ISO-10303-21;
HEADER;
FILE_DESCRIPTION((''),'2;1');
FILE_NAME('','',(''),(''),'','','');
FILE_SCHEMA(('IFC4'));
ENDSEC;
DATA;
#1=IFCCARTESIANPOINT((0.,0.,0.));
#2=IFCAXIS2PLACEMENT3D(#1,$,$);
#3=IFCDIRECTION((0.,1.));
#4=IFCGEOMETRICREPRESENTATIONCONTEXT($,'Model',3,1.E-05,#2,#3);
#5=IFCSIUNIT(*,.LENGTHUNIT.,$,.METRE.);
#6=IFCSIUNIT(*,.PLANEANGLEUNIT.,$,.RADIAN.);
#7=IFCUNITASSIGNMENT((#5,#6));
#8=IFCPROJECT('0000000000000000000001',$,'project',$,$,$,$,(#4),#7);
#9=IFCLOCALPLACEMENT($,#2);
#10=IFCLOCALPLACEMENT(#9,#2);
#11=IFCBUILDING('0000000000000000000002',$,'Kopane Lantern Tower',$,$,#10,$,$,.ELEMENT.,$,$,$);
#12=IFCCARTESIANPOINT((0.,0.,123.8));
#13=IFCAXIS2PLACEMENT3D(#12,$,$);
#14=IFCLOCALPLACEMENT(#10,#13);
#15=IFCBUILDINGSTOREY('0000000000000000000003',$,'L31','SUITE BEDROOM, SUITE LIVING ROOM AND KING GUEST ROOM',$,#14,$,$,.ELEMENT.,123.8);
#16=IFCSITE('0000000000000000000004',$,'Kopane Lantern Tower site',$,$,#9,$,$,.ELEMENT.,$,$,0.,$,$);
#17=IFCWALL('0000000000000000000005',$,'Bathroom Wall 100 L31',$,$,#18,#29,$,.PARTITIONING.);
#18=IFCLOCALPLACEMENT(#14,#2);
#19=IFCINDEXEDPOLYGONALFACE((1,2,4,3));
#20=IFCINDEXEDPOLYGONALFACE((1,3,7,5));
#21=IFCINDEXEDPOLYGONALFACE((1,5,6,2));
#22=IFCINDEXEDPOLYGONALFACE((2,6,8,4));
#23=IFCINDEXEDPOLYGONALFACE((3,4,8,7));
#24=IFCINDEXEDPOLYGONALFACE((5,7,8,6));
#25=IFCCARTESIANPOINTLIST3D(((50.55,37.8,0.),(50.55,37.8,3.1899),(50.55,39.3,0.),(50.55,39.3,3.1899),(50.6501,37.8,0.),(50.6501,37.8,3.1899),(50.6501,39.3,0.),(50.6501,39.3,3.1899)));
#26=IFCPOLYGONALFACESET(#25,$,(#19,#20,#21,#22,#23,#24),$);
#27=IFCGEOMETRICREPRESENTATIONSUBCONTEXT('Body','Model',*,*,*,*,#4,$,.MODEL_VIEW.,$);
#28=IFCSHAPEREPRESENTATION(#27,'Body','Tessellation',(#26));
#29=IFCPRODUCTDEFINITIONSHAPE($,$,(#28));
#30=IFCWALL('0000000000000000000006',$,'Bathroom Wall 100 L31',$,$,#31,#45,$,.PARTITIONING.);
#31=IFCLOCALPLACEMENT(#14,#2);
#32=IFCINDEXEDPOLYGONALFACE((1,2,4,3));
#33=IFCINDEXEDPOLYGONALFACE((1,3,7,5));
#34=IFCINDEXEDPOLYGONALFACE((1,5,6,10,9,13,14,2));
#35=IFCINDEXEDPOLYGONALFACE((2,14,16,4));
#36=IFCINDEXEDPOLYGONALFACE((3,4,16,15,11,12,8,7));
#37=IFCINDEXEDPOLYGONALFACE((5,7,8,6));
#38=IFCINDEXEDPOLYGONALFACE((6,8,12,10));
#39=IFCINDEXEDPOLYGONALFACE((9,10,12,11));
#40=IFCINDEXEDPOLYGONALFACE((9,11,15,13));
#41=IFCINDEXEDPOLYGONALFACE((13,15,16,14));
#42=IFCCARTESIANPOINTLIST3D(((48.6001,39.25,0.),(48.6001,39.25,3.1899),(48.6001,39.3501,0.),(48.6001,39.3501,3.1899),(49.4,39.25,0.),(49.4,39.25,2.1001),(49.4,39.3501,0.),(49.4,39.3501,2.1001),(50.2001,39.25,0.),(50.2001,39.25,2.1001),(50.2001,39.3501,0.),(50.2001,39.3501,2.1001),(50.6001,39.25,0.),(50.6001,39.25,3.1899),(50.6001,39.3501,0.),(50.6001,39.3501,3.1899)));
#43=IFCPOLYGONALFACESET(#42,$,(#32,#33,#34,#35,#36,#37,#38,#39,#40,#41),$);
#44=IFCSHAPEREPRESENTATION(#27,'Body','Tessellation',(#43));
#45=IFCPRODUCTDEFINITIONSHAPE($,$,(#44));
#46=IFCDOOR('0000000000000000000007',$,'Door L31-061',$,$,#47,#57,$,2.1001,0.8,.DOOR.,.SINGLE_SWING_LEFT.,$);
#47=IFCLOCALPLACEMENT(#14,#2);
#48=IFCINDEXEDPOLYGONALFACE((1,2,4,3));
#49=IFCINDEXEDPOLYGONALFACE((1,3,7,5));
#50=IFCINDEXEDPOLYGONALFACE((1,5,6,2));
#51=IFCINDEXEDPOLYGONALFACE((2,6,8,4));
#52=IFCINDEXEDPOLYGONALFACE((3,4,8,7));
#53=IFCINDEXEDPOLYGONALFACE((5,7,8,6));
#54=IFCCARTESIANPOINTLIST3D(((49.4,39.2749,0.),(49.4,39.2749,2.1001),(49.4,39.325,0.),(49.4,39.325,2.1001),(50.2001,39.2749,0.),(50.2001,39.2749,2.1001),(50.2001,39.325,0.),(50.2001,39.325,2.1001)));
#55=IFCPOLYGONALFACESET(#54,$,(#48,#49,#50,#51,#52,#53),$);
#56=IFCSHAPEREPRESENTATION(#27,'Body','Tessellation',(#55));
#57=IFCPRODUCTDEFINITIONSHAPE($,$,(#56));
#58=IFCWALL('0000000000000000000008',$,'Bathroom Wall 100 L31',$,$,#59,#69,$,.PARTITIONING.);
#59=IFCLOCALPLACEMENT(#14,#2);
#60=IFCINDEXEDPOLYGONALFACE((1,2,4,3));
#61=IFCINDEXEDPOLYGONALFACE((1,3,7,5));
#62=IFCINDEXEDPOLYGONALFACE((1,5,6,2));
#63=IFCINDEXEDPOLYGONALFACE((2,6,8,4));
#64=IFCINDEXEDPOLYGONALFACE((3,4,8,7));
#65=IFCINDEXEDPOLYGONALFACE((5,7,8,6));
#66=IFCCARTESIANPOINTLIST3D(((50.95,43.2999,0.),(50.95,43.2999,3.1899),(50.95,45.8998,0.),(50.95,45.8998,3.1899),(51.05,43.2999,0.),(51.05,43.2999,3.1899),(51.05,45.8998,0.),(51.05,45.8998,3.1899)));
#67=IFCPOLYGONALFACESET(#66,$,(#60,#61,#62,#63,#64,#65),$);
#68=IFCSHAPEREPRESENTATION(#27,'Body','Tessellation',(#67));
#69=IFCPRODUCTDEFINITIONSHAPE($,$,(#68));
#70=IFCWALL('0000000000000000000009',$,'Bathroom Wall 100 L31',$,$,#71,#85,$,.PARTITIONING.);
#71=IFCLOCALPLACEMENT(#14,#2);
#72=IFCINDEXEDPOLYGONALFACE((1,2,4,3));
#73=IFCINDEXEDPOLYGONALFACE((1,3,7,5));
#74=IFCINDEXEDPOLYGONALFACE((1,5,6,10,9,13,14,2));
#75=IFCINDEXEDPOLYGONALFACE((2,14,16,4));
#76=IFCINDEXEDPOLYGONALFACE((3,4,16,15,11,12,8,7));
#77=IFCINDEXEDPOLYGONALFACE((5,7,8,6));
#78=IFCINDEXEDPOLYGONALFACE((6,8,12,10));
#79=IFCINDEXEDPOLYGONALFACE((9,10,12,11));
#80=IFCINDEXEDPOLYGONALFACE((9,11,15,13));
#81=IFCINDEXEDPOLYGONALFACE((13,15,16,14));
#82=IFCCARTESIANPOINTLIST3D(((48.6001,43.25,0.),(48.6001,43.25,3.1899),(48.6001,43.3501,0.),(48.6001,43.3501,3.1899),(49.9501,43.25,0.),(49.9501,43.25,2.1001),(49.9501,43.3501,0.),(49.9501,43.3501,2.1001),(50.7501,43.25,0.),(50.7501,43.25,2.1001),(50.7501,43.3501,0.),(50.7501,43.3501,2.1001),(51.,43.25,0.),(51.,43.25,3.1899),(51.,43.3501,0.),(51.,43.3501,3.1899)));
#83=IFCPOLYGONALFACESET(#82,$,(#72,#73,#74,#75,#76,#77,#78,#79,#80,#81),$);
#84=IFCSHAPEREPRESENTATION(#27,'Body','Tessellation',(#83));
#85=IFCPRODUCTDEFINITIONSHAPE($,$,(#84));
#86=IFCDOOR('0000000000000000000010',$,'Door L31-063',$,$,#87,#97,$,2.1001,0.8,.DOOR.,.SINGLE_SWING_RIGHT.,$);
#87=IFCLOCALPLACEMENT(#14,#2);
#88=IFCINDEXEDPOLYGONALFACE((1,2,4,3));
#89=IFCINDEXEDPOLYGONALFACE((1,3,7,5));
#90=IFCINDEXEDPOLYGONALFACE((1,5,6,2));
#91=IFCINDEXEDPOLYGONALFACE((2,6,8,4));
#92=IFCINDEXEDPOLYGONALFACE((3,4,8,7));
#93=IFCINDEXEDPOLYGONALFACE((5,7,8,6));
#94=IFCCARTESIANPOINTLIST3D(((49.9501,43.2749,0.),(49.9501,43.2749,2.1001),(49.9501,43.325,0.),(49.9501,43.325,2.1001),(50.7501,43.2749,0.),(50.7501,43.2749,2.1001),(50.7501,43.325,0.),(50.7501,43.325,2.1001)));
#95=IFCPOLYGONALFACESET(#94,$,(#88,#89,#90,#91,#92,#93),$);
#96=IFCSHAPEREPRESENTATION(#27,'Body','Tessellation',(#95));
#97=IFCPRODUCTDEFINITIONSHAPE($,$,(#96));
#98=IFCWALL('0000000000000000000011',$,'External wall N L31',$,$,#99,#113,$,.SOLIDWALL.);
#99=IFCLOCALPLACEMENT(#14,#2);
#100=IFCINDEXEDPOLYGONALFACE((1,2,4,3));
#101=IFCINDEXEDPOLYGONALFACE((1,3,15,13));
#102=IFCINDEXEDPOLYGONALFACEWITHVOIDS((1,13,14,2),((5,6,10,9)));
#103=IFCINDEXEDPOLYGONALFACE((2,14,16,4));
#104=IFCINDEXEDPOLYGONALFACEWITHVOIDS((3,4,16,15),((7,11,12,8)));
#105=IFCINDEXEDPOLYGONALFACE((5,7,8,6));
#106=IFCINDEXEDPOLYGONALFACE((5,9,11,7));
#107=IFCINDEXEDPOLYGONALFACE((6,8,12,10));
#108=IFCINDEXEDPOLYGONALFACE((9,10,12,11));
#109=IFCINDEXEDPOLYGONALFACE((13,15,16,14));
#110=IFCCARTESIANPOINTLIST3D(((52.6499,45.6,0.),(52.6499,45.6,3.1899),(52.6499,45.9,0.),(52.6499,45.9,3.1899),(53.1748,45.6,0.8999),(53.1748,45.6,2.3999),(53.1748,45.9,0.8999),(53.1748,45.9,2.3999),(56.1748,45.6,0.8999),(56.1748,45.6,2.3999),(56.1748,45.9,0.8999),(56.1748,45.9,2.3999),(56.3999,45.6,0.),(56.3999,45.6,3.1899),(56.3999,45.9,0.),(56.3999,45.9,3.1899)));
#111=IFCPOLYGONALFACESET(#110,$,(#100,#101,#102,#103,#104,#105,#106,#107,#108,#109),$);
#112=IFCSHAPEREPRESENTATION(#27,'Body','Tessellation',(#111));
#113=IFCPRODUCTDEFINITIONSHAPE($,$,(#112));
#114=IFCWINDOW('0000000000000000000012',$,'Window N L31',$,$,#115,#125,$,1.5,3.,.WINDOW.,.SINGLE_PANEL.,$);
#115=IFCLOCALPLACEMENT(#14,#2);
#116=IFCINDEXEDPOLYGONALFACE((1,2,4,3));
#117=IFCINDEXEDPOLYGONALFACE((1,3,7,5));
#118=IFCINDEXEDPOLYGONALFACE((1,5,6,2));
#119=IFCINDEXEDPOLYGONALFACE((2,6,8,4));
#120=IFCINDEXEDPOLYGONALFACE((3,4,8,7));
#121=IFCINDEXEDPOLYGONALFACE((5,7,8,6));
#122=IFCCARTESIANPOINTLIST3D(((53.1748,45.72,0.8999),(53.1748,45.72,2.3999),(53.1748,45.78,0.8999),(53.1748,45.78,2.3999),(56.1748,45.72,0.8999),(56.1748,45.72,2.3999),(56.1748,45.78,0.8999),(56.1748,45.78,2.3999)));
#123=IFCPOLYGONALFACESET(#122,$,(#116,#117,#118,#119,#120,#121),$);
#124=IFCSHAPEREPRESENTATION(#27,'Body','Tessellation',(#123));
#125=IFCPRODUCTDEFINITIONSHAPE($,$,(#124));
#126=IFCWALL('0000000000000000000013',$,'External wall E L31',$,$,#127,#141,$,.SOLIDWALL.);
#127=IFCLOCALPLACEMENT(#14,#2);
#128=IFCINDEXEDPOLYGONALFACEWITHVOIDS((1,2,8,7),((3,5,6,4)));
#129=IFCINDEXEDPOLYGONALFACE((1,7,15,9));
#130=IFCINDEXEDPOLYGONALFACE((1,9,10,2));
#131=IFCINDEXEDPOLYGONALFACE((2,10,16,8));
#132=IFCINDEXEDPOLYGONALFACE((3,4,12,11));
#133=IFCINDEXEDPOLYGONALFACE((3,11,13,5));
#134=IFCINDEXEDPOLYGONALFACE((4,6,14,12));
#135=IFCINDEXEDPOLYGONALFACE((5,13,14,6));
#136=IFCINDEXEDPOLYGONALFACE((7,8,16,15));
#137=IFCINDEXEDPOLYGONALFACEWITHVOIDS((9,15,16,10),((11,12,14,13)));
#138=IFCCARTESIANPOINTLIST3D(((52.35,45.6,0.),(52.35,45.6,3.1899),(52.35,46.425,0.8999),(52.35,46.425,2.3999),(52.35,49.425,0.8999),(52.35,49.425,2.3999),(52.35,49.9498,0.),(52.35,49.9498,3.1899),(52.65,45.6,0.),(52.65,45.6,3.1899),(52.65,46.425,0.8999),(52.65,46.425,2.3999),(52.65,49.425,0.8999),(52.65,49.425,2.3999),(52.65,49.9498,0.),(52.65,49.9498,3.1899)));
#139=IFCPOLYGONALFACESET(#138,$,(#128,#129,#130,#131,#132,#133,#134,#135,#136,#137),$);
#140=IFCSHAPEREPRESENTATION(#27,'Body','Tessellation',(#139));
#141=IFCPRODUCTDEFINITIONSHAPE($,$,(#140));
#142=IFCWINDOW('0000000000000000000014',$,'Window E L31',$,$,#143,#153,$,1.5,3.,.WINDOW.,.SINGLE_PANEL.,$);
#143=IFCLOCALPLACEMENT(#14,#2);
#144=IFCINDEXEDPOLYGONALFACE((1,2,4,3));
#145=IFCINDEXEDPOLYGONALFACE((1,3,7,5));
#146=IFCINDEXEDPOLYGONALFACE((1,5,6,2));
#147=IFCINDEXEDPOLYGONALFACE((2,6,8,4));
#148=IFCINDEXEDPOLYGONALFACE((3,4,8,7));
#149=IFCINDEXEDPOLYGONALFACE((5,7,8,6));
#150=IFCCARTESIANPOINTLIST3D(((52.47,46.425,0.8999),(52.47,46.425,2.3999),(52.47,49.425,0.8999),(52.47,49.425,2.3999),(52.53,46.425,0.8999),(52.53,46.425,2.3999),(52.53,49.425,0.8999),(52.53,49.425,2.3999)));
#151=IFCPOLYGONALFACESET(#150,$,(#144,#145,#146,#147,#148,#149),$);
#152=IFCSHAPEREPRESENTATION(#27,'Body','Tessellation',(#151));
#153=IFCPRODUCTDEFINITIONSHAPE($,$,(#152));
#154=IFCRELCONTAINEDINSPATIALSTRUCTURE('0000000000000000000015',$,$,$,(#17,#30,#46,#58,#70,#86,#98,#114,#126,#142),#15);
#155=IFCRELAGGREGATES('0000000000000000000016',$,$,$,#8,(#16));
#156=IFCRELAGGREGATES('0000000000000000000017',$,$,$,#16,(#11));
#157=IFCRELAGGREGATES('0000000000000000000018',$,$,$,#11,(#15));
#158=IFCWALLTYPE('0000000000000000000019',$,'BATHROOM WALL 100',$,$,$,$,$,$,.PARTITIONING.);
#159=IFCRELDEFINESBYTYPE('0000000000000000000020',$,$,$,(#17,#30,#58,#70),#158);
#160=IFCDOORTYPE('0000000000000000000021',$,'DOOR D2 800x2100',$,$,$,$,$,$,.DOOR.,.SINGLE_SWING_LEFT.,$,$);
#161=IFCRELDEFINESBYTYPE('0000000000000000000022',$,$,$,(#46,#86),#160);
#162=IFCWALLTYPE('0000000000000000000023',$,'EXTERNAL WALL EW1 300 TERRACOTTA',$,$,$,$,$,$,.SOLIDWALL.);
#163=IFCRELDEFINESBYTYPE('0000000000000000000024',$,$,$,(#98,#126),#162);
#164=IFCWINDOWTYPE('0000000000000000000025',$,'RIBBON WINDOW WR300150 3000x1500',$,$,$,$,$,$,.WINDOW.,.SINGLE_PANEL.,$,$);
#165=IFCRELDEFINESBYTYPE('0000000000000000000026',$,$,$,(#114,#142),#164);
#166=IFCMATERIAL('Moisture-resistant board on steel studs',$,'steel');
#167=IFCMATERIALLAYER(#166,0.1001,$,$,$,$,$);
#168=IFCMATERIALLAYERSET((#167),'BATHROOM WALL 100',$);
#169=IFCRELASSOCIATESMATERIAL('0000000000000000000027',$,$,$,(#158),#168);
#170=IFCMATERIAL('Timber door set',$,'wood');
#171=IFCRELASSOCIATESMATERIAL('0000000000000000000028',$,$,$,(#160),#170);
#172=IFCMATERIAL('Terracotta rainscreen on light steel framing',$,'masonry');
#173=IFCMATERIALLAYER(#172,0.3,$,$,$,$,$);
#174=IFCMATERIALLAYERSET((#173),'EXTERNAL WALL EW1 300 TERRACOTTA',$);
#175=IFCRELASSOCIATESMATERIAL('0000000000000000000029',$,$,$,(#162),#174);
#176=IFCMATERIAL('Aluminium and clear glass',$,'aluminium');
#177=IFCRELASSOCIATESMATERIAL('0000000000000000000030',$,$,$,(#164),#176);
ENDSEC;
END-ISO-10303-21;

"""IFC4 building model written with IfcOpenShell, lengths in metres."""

from ifc_helpers import new_model, si_unit, direction, frame, frame_2d, origin, place, context, subcontext, project, spatial, rectangle, extrude, material, layer, layer_set, type_object, element, fill, save


model = new_model("IFC4")

# Units and contexts
model_context = context("Model", 3, precision=1e-05, world=origin(), true_north=direction((0.0, 1.0)))
body_context = subcontext(model_context, "Body", "Model", "MODEL_VIEW")
ifc_project = project(units=[si_unit("LENGTHUNIT", "METRE"), si_unit("PLANEANGLEUNIT", "RADIAN")], contexts=[model_context])

# Site, building, storey
site_placement = place(None, origin())
site = spatial("IfcSite", under=ifc_project, at=site_placement, Name="Kopane Lantern Tower site", CompositionType="ELEMENT", RefElevation=0.0)
building_placement = place(site_placement, origin())
building = spatial("IfcBuilding", under=site, at=building_placement, Name="Kopane Lantern Tower", CompositionType="ELEMENT")
storey_placement = place(building_placement, frame((0.0, 0.0, 123.8)))
storey = spatial("IfcBuildingStorey", under=building, at=storey_placement, Name="L31", Description="SUITE BEDROOM, SUITE LIVING ROOM AND KING GUEST ROOM", CompositionType="ELEMENT", Elevation=123.8)

# Wall
ifc_material_1 = material(Name="Moisture-resistant board on steel studs", Category="steel")
ifc_layer_1 = layer(ifc_material_1, 0.1001)
ifc_layer_set_1 = layer_set([ifc_layer_1], Name="BATHROOM WALL 100")
wall_type_1 = type_object("IfcWallType", Name="BATHROOM WALL 100", PredefinedType="PARTITIONING", material=ifc_layer_set_1)
wall_1_placement = place(storey_placement, frame((50.6001, 37.8, 0.0), z_axis=(0.0, 0.0, 1.0), x_axis=(0.0, 1.0, 0.0)))
element("IfcWall", 1, at=wall_1_placement, inside=storey, type_object=wall_type_1, Name="Bathroom Wall 100 L31", PredefinedType="PARTITIONING", context=body_context, shape_type="SweptSolid", body=[
    extrude(rectangle(XDim=1.5, YDim=0.1001, at=frame_2d((0.75, 0.0))), origin(), (0.0, 0.0, 1.0), 3.1899),
])

# Wall, opening, door
wall_2_placement = place(storey_placement, frame((48.6001, 39.3, 0.0), z_axis=(0.0, 0.0, 1.0), x_axis=(1.0, 0.0, 0.0)))
wall_2 = element("IfcWall", 2, at=wall_2_placement, inside=storey, type_object=wall_type_1, Name="Bathroom Wall 100 L31", PredefinedType="PARTITIONING", context=body_context, shape_type="SweptSolid", body=[
    extrude(rectangle(XDim=2.0, YDim=0.1001, at=frame_2d((1.0, 0.0))), origin(), (0.0, 0.0, 1.0), 3.1899),
])
opening_1_placement = place(wall_2_placement, frame((0.8, 0.0, 0.0)))
opening_1 = element("IfcOpeningElement", 3, at=opening_1_placement, cuts=wall_2, PredefinedType="OPENING", context=body_context, shape_type="SweptSolid", body=[
    extrude(rectangle(XDim=0.8, YDim=2.1001, at=frame_2d((0.3999, 1.05))), frame((0.0, 0.0601, 0.0), z_axis=(0.0, -1.0, 0.0), x_axis=(1.0, 0.0, 0.0)), (0.0, 0.0, 1.0), 0.1201),
])
ifc_material_2 = material(Name="Timber door set", Category="wood")
door_type_1 = type_object("IfcDoorType", Name="DOOR D2 800x2100", OperationType="SINGLE_SWING_LEFT", PredefinedType="DOOR", material=ifc_material_2)
door_1_placement = place(opening_1_placement, origin())
door_1 = element("IfcDoor", 4, at=door_1_placement, inside=storey, type_object=door_type_1, Name="Door L31-061", OperationType="SINGLE_SWING_LEFT", OverallHeight=2.1001, OverallWidth=0.8, PredefinedType="DOOR", context=body_context, shape_type="SweptSolid", body=[
    extrude(rectangle(XDim=0.8, YDim=2.1001, at=frame_2d((0.3999, 1.05))), frame((0.0, 0.0249, 0.0), z_axis=(0.0, -1.0, 0.0), x_axis=(1.0, 0.0, 0.0)), (0.0, 0.0, 1.0), 0.05),
])
fill(opening_1, door_1)

# Wall
wall_3_placement = place(storey_placement, frame((51.0, 43.3, 0.0), z_axis=(0.0, 0.0, 1.0), x_axis=(0.0, 1.0, 0.0)))
element("IfcWall", 5, at=wall_3_placement, inside=storey, type_object=wall_type_1, Name="Bathroom Wall 100 L31", PredefinedType="PARTITIONING", context=body_context, shape_type="SweptSolid", body=[
    extrude(rectangle(XDim=2.5999, YDim=0.1001, at=frame_2d((1.2998, 0.0))), origin(), (0.0, 0.0, 1.0), 3.1899),
])

# Wall, opening, door
wall_4_placement = place(storey_placement, frame((48.6001, 43.3, 0.0), z_axis=(0.0, 0.0, 1.0), x_axis=(1.0, 0.0, 0.0)))
wall_4 = element("IfcWall", 6, at=wall_4_placement, inside=storey, type_object=wall_type_1, Name="Bathroom Wall 100 L31", PredefinedType="PARTITIONING", context=body_context, shape_type="SweptSolid", body=[
    extrude(rectangle(XDim=2.3999, YDim=0.1001, at=frame_2d((1.2, 0.0))), origin(), (0.0, 0.0, 1.0), 3.1899),
])
opening_2_placement = place(wall_4_placement, frame((1.3501, 0.0, 0.0)))
opening_2 = element("IfcOpeningElement", 7, at=opening_2_placement, cuts=wall_4, PredefinedType="OPENING", context=body_context, shape_type="SweptSolid", body=[
    extrude(rectangle(XDim=0.8, YDim=2.1001, at=frame_2d((0.3999, 1.05))), frame((0.0, 0.0601, 0.0), z_axis=(0.0, -1.0, 0.0), x_axis=(1.0, 0.0, 0.0)), (0.0, 0.0, 1.0), 0.1201),
])
door_2_placement = place(opening_2_placement, origin())
door_2 = element("IfcDoor", 8, at=door_2_placement, inside=storey, type_object=door_type_1, Name="Door L31-063", OperationType="SINGLE_SWING_RIGHT", OverallHeight=2.1001, OverallWidth=0.8, PredefinedType="DOOR", context=body_context, shape_type="SweptSolid", body=[
    extrude(rectangle(XDim=0.8, YDim=2.1001, at=frame_2d((0.3999, 1.05))), frame((0.0, 0.0249, 0.0), z_axis=(0.0, -1.0, 0.0), x_axis=(1.0, 0.0, 0.0)), (0.0, 0.0, 1.0), 0.05),
])
fill(opening_2, door_2)

# Walls, openings, windows
ifc_material_3 = material(Name="Terracotta rainscreen on light steel framing", Category="masonry")
ifc_layer_2 = layer(ifc_material_3, 0.3)
ifc_layer_set_2 = layer_set([ifc_layer_2], Name="EXTERNAL WALL EW1 300 TERRACOTTA")
wall_type_2 = type_object("IfcWallType", Name="EXTERNAL WALL EW1 300 TERRACOTTA", PredefinedType="SOLIDWALL", material=ifc_layer_set_2)
wall_5_placement = place(storey_placement, frame((56.3999, 45.75, 0.0), z_axis=(0.0, 0.0, 1.0), x_axis=(-1.0, 0.0, 0.0)))
wall_5 = element("IfcWall", 9, at=wall_5_placement, inside=storey, type_object=wall_type_2, Name="External wall N L31", PredefinedType="SOLIDWALL", context=body_context, shape_type="SweptSolid", body=[
    extrude(rectangle(XDim=3.75, YDim=0.3, at=frame_2d((1.875, 0.0))), origin(), (0.0, 0.0, 1.0), 3.1899),
])
opening_3_placement = place(wall_5_placement, frame((0.2251, 0.0, 0.8999)))
opening_3 = element("IfcOpeningElement", 10, at=opening_3_placement, cuts=wall_5, PredefinedType="OPENING", context=body_context, shape_type="SweptSolid", body=[
    extrude(rectangle(XDim=3.0, YDim=1.5, at=frame_2d((1.5, 0.75))), frame((0.0, 0.1599, 0.0), z_axis=(0.0, -1.0, 0.0), x_axis=(1.0, 0.0, 0.0)), (0.0, 0.0, 1.0), 0.3201),
])
ifc_material_4 = material(Name="Aluminium and clear glass", Category="aluminium")
window_type = type_object("IfcWindowType", Name="RIBBON WINDOW WR300150 3000x1500", PartitioningType="SINGLE_PANEL", PredefinedType="WINDOW", material=ifc_material_4)
window_1_placement = place(opening_3_placement, origin())
window_1 = element("IfcWindow", 11, at=window_1_placement, inside=storey, type_object=window_type, Name="Window N L31", OverallHeight=1.5, OverallWidth=3.0, PartitioningType="SINGLE_PANEL", PredefinedType="WINDOW", context=body_context, shape_type="SweptSolid", body=[
    extrude(rectangle(XDim=3.0, YDim=1.5, at=frame_2d((1.5, 0.75))), frame((0.0, 0.03, 0.0), z_axis=(0.0, -1.0, 0.0), x_axis=(1.0, 0.0, 0.0)), (0.0, 0.0, 1.0), 0.0601),
])
fill(opening_3, window_1)
wall_6_placement = place(storey_placement, frame((52.5, 45.6001, 0.0), z_axis=(0.0, 0.0, 1.0), x_axis=(0.0, 1.0, 0.0)))
wall_6 = element("IfcWall", 12, at=wall_6_placement, inside=storey, type_object=wall_type_2, Name="External wall E L31", PredefinedType="SOLIDWALL", context=body_context, shape_type="SweptSolid", body=[
    extrude(rectangle(XDim=4.3499, YDim=0.3, at=frame_2d((2.1748, 0.0))), origin(), (0.0, 0.0, 1.0), 3.1899),
])
opening_4_placement = place(wall_6_placement, frame((0.825, 0.0, 0.8999)))
opening_4 = element("IfcOpeningElement", 13, at=opening_4_placement, cuts=wall_6, PredefinedType="OPENING", context=body_context, shape_type="SweptSolid", body=[
    extrude(rectangle(XDim=3.0, YDim=1.5, at=frame_2d((1.5, 0.75))), frame((0.0, 0.1599, 0.0), z_axis=(0.0, -1.0, 0.0), x_axis=(1.0, 0.0, 0.0)), (0.0, 0.0, 1.0), 0.3201),
])
window_2_placement = place(opening_4_placement, origin())
window_2 = element("IfcWindow", 14, at=window_2_placement, inside=storey, type_object=window_type, Name="Window E L31", OverallHeight=1.5, OverallWidth=3.0, PartitioningType="SINGLE_PANEL", PredefinedType="WINDOW", context=body_context, shape_type="SweptSolid", body=[
    extrude(rectangle(XDim=3.0, YDim=1.5, at=frame_2d((1.5, 0.75))), frame((0.0, 0.03, 0.0), z_axis=(0.0, -1.0, 0.0), x_axis=(1.0, 0.0, 0.0)), (0.0, 0.0, 1.0), 0.0601),
])
fill(opening_4, window_2)

save(model, "model.ifc")
